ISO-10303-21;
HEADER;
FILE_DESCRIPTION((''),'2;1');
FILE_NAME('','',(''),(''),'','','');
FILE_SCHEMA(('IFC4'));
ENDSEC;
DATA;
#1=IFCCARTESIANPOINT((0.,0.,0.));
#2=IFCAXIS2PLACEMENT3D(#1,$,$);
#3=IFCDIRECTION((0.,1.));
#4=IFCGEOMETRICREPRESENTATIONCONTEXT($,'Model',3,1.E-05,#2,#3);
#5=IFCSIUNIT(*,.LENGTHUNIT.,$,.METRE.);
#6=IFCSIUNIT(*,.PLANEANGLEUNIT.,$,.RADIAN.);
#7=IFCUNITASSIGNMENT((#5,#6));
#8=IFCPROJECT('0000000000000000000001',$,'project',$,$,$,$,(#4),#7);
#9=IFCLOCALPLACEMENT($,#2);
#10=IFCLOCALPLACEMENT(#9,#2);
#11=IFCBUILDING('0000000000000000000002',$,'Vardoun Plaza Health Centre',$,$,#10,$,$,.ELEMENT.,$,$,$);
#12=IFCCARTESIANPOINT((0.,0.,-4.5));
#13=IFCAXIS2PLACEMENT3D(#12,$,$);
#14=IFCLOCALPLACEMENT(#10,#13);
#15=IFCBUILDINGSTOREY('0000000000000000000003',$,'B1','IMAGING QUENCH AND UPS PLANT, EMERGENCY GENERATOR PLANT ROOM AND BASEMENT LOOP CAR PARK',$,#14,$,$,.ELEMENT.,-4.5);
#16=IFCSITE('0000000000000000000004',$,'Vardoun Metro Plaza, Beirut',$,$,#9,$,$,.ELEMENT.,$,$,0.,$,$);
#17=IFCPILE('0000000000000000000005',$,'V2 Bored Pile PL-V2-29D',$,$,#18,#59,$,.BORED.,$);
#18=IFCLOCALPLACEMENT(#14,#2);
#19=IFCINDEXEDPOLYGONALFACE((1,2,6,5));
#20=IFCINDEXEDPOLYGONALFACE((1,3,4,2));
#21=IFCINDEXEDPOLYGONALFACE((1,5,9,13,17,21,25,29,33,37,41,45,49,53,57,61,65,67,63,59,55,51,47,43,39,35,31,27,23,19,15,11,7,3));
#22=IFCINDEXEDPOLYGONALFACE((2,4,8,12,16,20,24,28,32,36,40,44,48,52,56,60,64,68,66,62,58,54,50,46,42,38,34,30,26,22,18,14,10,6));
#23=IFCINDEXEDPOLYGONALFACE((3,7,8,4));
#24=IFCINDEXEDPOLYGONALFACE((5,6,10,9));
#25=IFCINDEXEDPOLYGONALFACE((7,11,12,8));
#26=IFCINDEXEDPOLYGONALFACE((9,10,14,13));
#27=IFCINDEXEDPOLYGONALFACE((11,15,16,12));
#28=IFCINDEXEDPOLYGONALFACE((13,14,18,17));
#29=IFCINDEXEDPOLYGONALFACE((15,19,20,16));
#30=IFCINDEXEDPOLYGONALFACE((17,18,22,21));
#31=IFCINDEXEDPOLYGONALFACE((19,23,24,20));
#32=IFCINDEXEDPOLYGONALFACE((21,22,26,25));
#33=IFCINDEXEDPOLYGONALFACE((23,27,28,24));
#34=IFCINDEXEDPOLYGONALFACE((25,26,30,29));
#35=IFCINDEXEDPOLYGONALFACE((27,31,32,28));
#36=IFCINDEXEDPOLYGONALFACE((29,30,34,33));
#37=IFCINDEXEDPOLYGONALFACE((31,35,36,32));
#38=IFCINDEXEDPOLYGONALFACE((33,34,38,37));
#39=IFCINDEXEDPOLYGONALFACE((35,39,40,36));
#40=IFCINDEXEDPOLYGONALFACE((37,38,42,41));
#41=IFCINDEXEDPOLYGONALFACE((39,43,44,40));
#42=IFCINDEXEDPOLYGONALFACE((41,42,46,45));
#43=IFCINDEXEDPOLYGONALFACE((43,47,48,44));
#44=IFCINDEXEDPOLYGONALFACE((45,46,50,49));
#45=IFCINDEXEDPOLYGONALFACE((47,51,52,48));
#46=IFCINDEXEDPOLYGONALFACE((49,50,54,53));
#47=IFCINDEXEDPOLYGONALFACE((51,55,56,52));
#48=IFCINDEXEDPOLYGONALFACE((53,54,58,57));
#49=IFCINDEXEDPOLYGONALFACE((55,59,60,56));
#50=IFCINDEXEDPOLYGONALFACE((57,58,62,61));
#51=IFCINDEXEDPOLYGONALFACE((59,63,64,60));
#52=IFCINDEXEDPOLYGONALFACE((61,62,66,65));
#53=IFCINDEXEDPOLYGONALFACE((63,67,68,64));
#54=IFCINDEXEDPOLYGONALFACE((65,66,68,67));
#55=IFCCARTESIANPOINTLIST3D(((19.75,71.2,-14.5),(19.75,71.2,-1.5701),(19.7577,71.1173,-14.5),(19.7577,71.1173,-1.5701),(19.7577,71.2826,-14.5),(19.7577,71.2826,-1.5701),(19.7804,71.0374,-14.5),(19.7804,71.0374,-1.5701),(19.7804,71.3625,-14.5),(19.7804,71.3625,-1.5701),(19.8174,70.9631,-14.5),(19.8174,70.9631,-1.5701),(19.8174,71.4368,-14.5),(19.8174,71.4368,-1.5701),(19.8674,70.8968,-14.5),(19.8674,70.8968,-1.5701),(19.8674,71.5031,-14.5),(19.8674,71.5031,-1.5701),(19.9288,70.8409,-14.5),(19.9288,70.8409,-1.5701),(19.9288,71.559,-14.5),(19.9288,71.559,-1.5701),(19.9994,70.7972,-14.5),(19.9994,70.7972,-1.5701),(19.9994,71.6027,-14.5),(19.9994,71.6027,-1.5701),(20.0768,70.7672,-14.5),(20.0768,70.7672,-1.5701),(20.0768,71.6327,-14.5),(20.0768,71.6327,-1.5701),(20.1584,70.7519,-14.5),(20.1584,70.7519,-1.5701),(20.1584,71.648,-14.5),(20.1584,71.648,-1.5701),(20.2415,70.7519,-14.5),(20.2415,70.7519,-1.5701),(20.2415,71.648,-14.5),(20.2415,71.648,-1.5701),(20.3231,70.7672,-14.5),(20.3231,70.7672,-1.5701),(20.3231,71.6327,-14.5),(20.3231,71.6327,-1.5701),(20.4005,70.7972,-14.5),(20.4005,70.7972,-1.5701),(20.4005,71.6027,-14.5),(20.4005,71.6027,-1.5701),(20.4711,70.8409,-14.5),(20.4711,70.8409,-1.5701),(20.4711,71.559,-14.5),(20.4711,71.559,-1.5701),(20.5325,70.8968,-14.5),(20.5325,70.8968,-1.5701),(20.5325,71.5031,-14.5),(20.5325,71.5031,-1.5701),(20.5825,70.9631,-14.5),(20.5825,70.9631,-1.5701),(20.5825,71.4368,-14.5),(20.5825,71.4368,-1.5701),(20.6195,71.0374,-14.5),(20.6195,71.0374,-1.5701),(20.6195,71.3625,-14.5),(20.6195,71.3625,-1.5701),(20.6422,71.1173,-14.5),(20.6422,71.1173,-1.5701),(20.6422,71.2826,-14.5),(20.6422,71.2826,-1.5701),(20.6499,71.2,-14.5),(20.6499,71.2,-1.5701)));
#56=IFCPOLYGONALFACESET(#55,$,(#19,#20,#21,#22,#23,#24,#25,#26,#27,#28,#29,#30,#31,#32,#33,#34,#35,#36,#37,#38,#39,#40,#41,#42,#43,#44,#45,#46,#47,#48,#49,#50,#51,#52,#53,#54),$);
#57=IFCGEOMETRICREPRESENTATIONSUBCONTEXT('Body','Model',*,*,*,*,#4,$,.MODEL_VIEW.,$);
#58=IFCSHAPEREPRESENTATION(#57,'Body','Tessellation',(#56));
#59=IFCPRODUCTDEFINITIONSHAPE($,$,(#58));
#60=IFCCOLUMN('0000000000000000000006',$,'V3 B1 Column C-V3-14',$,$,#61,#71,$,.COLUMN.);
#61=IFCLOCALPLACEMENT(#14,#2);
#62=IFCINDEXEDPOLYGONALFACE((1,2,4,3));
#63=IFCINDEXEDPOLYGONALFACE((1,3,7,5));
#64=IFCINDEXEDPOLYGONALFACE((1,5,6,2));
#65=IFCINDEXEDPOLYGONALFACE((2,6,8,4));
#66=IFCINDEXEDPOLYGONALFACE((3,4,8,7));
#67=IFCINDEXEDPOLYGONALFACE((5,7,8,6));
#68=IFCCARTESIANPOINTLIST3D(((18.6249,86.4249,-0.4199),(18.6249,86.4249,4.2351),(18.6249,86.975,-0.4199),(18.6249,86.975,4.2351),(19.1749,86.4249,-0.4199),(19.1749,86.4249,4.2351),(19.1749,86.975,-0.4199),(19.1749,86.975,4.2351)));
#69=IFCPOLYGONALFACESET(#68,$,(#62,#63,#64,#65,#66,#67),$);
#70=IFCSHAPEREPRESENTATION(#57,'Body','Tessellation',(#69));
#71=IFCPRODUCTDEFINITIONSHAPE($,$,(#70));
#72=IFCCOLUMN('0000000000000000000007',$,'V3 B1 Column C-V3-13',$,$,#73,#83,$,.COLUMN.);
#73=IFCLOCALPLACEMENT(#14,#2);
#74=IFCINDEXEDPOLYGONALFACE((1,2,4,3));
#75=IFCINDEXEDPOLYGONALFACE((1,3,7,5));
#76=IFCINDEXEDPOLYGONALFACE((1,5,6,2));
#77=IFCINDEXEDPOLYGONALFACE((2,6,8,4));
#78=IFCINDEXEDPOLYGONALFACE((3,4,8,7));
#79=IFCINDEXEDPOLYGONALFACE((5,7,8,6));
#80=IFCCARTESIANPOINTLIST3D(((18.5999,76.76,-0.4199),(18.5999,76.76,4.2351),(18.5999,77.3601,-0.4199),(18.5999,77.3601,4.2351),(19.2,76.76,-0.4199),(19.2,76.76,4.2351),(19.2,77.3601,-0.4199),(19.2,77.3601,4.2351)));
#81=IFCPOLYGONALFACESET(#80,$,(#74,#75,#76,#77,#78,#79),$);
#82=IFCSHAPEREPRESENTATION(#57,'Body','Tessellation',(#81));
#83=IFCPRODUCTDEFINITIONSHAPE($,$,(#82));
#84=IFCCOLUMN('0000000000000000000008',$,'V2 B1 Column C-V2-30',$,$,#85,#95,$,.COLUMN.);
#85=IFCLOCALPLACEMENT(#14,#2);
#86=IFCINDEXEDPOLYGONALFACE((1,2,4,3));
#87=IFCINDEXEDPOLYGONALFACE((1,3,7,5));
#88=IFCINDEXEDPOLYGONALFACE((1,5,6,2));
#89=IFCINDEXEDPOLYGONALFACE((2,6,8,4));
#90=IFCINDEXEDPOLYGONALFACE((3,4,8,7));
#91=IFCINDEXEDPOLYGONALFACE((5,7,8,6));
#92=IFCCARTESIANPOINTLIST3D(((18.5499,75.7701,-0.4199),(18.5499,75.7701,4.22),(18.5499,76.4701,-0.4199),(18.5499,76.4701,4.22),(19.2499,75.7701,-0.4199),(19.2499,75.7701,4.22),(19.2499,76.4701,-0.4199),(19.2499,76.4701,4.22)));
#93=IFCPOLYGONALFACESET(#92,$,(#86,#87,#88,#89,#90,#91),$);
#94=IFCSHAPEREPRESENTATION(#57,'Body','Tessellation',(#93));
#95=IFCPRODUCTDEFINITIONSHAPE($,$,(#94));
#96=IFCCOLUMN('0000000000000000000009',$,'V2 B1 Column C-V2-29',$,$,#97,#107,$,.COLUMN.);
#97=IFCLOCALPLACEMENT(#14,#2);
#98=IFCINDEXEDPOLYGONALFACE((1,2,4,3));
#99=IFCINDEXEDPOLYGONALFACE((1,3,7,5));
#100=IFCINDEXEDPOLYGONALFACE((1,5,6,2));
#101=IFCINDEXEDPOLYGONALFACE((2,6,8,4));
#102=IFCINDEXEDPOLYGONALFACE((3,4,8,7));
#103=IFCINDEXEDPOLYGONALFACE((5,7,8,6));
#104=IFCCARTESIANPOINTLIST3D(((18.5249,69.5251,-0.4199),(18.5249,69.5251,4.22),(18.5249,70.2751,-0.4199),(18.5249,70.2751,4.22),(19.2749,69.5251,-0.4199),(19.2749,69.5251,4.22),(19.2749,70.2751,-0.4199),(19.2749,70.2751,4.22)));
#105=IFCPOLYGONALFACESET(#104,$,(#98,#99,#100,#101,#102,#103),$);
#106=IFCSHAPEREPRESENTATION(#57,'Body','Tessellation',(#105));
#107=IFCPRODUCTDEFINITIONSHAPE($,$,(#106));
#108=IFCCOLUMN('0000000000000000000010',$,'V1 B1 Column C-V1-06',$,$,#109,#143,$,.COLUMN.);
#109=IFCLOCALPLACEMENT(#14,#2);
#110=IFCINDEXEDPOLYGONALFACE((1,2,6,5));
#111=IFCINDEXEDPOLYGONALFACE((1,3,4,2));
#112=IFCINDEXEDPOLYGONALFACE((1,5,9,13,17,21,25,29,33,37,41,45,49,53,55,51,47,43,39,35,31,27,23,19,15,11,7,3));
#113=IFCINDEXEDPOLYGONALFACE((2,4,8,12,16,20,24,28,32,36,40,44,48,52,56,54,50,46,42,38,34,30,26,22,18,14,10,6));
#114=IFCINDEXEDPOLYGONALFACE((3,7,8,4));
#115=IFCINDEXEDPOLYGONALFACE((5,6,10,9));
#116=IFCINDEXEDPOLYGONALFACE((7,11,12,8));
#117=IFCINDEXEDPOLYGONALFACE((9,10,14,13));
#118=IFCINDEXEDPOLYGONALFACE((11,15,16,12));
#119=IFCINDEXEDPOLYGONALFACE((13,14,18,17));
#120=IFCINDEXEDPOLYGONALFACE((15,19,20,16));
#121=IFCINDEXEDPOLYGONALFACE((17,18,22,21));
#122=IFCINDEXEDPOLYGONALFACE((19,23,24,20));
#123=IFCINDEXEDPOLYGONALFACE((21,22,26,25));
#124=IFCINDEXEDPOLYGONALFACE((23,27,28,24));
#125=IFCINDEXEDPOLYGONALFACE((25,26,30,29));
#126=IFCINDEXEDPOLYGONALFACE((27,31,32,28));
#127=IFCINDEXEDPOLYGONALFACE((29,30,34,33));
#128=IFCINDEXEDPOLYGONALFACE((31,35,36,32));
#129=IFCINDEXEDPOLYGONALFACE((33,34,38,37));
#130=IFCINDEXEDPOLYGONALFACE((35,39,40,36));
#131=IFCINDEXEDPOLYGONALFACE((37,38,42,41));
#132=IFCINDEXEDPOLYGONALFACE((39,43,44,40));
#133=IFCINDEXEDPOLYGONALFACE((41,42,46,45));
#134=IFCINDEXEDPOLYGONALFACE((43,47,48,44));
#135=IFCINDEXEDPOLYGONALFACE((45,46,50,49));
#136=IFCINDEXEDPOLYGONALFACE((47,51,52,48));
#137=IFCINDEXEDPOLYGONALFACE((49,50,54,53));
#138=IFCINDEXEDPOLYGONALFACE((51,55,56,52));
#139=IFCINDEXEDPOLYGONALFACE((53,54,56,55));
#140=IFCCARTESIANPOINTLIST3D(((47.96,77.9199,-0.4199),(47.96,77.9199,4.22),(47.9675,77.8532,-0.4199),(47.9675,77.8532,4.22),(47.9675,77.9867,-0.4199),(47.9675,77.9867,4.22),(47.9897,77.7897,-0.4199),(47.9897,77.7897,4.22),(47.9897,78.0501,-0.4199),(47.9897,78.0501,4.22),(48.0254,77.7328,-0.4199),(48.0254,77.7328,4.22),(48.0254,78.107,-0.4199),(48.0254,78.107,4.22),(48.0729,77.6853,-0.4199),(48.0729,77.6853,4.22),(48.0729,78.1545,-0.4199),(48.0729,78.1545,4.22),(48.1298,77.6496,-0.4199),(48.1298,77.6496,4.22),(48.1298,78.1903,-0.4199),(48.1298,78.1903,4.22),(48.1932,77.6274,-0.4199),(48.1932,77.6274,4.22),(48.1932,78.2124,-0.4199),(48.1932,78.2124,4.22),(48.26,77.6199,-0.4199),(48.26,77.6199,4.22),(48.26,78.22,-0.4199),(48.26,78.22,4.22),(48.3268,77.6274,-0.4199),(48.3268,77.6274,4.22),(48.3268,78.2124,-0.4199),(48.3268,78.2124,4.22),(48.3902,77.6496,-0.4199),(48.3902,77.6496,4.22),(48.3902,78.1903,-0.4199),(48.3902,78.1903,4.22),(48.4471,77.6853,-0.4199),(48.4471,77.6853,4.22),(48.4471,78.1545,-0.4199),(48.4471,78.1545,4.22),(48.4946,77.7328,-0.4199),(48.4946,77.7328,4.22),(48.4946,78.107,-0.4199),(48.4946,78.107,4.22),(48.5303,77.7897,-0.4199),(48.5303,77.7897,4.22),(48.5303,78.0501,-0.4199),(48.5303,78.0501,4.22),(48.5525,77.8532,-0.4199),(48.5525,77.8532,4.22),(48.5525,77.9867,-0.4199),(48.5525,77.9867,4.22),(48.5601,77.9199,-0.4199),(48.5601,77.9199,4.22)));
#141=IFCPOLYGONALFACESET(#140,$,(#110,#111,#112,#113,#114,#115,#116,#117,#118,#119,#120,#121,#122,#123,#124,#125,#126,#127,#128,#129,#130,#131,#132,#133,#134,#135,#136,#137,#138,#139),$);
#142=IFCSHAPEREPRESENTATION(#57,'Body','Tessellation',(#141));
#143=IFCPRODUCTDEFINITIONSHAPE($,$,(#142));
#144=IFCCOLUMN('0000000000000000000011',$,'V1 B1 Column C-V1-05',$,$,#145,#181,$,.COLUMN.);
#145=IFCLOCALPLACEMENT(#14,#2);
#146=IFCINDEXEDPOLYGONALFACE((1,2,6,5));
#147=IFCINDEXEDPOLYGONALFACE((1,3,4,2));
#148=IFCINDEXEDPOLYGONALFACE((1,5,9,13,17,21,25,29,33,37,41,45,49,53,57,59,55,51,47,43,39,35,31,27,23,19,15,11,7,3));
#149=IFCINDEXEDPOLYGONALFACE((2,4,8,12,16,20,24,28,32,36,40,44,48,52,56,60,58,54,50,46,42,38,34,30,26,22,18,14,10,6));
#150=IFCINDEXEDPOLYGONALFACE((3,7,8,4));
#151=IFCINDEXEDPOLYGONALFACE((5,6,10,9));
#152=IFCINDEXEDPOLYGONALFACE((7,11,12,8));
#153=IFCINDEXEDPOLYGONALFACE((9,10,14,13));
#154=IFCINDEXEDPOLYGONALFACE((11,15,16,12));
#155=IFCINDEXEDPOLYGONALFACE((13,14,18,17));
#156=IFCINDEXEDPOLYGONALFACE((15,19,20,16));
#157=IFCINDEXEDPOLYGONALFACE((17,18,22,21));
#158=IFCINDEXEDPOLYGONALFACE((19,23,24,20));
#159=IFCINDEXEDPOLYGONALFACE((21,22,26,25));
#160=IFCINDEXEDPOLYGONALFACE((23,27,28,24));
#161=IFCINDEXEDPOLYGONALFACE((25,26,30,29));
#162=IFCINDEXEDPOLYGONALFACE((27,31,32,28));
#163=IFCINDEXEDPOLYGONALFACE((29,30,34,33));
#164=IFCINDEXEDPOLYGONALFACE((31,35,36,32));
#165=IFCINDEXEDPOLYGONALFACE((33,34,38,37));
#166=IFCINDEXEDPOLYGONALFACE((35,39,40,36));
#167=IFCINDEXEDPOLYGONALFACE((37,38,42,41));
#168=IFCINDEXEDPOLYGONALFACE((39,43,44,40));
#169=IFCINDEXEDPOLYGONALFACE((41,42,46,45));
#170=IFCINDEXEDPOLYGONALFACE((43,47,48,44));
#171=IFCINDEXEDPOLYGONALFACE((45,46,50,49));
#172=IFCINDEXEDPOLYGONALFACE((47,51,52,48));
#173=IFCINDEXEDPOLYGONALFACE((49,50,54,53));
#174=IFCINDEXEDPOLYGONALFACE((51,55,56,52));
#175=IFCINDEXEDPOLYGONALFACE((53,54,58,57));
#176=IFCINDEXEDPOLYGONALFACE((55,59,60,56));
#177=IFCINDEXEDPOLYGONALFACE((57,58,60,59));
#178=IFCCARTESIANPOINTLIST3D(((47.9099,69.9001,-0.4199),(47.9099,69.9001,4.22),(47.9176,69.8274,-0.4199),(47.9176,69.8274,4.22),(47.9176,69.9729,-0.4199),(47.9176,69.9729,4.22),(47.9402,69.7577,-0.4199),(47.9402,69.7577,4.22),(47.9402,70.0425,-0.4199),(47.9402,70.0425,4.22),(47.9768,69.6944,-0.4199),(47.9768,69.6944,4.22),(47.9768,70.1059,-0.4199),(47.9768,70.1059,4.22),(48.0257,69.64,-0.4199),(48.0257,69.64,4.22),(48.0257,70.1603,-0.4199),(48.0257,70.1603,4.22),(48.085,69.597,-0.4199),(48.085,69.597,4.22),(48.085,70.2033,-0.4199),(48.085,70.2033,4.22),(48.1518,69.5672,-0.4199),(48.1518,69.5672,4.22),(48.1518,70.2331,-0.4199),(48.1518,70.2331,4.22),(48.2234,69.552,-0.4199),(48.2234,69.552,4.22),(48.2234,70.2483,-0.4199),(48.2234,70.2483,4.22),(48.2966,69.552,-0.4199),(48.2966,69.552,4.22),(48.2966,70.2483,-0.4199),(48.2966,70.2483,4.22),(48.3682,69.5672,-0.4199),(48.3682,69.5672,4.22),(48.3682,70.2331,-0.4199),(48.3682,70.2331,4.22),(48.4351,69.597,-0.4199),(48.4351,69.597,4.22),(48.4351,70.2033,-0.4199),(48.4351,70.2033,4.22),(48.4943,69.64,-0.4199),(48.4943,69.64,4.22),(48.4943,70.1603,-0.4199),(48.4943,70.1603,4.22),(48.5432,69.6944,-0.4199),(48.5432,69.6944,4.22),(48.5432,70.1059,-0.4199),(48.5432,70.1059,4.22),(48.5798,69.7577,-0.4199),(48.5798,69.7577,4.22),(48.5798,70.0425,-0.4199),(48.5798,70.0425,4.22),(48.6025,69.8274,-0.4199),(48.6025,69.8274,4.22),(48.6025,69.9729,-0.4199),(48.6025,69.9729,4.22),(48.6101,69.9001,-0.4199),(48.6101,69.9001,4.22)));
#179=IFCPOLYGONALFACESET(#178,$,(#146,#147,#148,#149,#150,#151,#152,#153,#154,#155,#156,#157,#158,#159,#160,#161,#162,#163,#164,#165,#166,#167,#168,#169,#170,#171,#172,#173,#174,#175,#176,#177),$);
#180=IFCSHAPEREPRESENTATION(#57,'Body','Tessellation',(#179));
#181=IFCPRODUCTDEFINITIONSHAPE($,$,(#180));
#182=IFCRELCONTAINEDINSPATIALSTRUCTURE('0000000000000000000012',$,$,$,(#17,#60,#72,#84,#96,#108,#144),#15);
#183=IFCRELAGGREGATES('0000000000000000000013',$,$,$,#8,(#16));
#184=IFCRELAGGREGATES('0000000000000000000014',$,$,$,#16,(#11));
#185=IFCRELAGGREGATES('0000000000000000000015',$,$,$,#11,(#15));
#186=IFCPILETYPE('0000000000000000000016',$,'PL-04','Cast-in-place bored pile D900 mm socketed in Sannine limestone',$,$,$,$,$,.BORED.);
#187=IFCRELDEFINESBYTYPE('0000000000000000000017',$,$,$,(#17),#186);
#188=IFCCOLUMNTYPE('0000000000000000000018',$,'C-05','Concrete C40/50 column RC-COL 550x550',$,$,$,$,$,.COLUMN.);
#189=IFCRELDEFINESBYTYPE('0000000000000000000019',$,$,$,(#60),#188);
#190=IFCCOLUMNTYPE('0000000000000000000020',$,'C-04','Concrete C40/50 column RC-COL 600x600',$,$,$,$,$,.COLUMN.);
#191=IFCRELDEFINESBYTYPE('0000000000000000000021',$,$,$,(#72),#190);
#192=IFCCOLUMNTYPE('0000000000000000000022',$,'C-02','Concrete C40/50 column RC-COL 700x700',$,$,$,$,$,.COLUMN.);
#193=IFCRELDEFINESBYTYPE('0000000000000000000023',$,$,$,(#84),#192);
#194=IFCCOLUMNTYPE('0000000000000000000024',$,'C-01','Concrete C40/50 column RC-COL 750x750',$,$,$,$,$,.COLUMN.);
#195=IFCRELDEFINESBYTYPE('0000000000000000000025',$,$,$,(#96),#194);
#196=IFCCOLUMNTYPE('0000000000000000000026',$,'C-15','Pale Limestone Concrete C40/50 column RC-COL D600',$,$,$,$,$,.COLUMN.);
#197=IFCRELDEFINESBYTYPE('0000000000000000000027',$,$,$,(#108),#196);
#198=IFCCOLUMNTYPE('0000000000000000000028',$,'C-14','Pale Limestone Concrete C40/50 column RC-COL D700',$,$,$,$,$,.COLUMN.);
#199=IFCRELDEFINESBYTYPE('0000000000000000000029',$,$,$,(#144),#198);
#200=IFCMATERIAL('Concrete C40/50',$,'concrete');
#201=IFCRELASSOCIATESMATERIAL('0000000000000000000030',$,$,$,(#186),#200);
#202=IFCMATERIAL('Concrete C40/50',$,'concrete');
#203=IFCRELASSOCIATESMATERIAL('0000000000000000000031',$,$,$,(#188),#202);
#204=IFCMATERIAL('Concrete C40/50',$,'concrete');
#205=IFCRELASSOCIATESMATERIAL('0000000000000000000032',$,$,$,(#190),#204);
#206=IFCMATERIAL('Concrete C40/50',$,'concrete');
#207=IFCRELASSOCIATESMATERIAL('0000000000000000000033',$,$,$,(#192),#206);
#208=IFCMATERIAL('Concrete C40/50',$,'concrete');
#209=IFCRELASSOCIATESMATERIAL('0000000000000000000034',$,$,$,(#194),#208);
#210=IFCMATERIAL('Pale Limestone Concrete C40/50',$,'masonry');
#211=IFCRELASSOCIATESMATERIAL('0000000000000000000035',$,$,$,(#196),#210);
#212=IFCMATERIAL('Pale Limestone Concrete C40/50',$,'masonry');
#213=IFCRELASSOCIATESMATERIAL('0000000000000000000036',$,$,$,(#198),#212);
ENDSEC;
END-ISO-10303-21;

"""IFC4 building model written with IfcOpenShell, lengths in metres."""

from ifc_helpers import new_model, si_unit, direction, frame, origin, origin_2d, place, context, subcontext, project, spatial, rectangle, circle, extrude, material, material_profile, profile_set, type_object, element, save


model = new_model("IFC4")

# Units and contexts
model_context = context("Model", 3, precision=1e-05, world=origin(), true_north=direction((0.0, 1.0)))
body_context = subcontext(model_context, "Body", "Model", "MODEL_VIEW")
ifc_project = project(units=[si_unit("LENGTHUNIT", "METRE"), si_unit("PLANEANGLEUNIT", "RADIAN")], contexts=[model_context])

# Site, building, storey
site_placement = place(None, origin())
site = spatial("IfcSite", under=ifc_project, at=site_placement, Name="Vardoun Metro Plaza, Beirut", CompositionType="ELEMENT", RefElevation=0.0)
building_placement = place(site_placement, origin())
building = spatial("IfcBuilding", under=site, at=building_placement, Name="Vardoun Plaza Health Centre", CompositionType="ELEMENT")
storey_placement = place(building_placement, frame((0.0, 0.0, -4.5)))
storey = spatial("IfcBuildingStorey", under=building, at=storey_placement, Name="B1", Description="IMAGING QUENCH AND UPS PLANT, EMERGENCY GENERATOR PLANT ROOM AND BASEMENT LOOP CAR PARK", CompositionType="ELEMENT", Elevation=-4.5)

# Pile
ifc_material_1 = material(Name="Concrete C40/50", Category="concrete")
ifc_material_profile_1 = material_profile(ifc_material_1, circle(Radius=0.45, at=origin_2d()), Name="PILE D900")
ifc_profile_set_1 = profile_set([ifc_material_profile_1], Name="Concrete C40/50")
pile_type_1 = type_object("IfcPileType", Name="PL-04", Description="Cast-in-place bored pile D900 mm socketed in Sannine limestone", PredefinedType="BORED", material=ifc_profile_set_1)
for number, where, z_axis, x_axis, name in (
    (1, (20.2, 71.2, -1.5701), (0.0, 0.0, -1.0), (1.0, 0.0, 0.0), "V2 Bored Pile PL-V2-29D"),
):
    element("IfcPile", number, at=place(storey_placement, frame(where, z_axis=z_axis, x_axis=x_axis)), inside=storey, type_object=pile_type_1, Name=name, PredefinedType="BORED", context=body_context, shape_type="SweptSolid", body=[
        extrude(circle(Radius=0.45, at=origin_2d()), origin(), (0.0, 0.0, 1.0), 12.9299),
    ])

# Columns
ifc_material_2 = material(Name="Concrete C40/50", Category="concrete")
ifc_material_profile_2 = material_profile(ifc_material_2, rectangle(XDim=0.55, YDim=0.55, at=origin_2d()), Name="RC-COL 550x550")
ifc_profile_set_2 = profile_set([ifc_material_profile_2], Name="Concrete C40/50")
column_type_1 = type_object("IfcColumnType", Name="C-05", Description="Concrete C40/50 column RC-COL 550x550", PredefinedType="COLUMN", material=ifc_profile_set_2)
column_1_placement = place(storey_placement, frame((18.8999, 86.7, -0.4199), z_axis=(0.0, 0.0, 1.0), x_axis=(1.0, 0.0, 0.0)))
element("IfcColumn", 2, at=column_1_placement, inside=storey, type_object=column_type_1, Name="V3 B1 Column C-V3-14", PredefinedType="COLUMN", context=body_context, shape_type="SweptSolid", body=[
    extrude(rectangle(XDim=0.55, YDim=0.55, at=origin_2d()), origin(), (0.0, 0.0, 1.0), 4.655),
])
ifc_material_3 = material(Name="Concrete C40/50", Category="concrete")
ifc_material_profile_3 = material_profile(ifc_material_3, rectangle(XDim=0.6001, YDim=0.6001, at=origin_2d()), Name="RC-COL 600x600")
ifc_profile_set_3 = profile_set([ifc_material_profile_3], Name="Concrete C40/50")
column_type_2 = type_object("IfcColumnType", Name="C-04", Description="Concrete C40/50 column RC-COL 600x600", PredefinedType="COLUMN", material=ifc_profile_set_3)
column_2_placement = place(storey_placement, frame((18.8999, 77.0601, -0.4199), z_axis=(0.0, 0.0, 1.0), x_axis=(1.0, 0.0, 0.0)))
element("IfcColumn", 3, at=column_2_placement, inside=storey, type_object=column_type_2, Name="V3 B1 Column C-V3-13", PredefinedType="COLUMN", context=body_context, shape_type="SweptSolid", body=[
    extrude(rectangle(XDim=0.6001, YDim=0.6001, at=origin_2d()), origin(), (0.0, 0.0, 1.0), 4.655),
])
ifc_material_4 = material(Name="Concrete C40/50", Category="concrete")
ifc_material_profile_4 = material_profile(ifc_material_4, rectangle(XDim=0.7, YDim=0.7, at=origin_2d()), Name="RC-COL 700x700")
ifc_profile_set_4 = profile_set([ifc_material_profile_4], Name="Concrete C40/50")
column_type_3 = type_object("IfcColumnType", Name="C-02", Description="Concrete C40/50 column RC-COL 700x700", PredefinedType="COLUMN", material=ifc_profile_set_4)
column_3_placement = place(storey_placement, frame((18.8999, 76.1201, -0.4199), z_axis=(0.0, 0.0, 1.0), x_axis=(1.0, 0.0, 0.0)))
element("IfcColumn", 4, at=column_3_placement, inside=storey, type_object=column_type_3, Name="V2 B1 Column C-V2-30", PredefinedType="COLUMN", context=body_context, shape_type="SweptSolid", body=[
    extrude(rectangle(XDim=0.7, YDim=0.7, at=origin_2d()), origin(), (0.0, 0.0, 1.0), 4.6399),
])
ifc_material_5 = material(Name="Concrete C40/50", Category="concrete")
ifc_material_profile_5 = material_profile(ifc_material_5, rectangle(XDim=0.75, YDim=0.75, at=origin_2d()), Name="RC-COL 750x750")
ifc_profile_set_5 = profile_set([ifc_material_profile_5], Name="Concrete C40/50")
column_type_4 = type_object("IfcColumnType", Name="C-01", Description="Concrete C40/50 column RC-COL 750x750", PredefinedType="COLUMN", material=ifc_profile_set_5)
column_4_placement = place(storey_placement, frame((18.8999, 69.9001, -0.4199), z_axis=(0.0, 0.0, 1.0), x_axis=(1.0, 0.0, 0.0)))
element("IfcColumn", 5, at=column_4_placement, inside=storey, type_object=column_type_4, Name="V2 B1 Column C-V2-29", PredefinedType="COLUMN", context=body_context, shape_type="SweptSolid", body=[
    extrude(rectangle(XDim=0.75, YDim=0.75, at=origin_2d()), origin(), (0.0, 0.0, 1.0), 4.6399),
])
ifc_material_6 = material(Name="Pale Limestone Concrete C40/50", Category="masonry")
ifc_material_profile_6 = material_profile(ifc_material_6, circle(Radius=0.3, at=origin_2d()), Name="RC-COL D600")
ifc_profile_set_6 = profile_set([ifc_material_profile_6], Name="Pale Limestone Concrete C40/50")
column_type_5 = type_object("IfcColumnType", Name="C-15", Description="Pale Limestone Concrete C40/50 column RC-COL D600", PredefinedType="COLUMN", material=ifc_profile_set_6)
column_5_placement = place(storey_placement, frame((48.26, 77.9199, -0.4199), z_axis=(0.0, 0.0, 1.0), x_axis=(1.0, 0.0, 0.0)))
element("IfcColumn", 6, at=column_5_placement, inside=storey, type_object=column_type_5, Name="V1 B1 Column C-V1-06", PredefinedType="COLUMN", context=body_context, shape_type="SweptSolid", body=[
    extrude(circle(Radius=0.3, at=origin_2d()), origin(), (0.0, 0.0, 1.0), 4.6399),
])
ifc_material_7 = material(Name="Pale Limestone Concrete C40/50", Category="masonry")
ifc_material_profile_7 = material_profile(ifc_material_7, circle(Radius=0.3501, at=origin_2d()), Name="RC-COL D700")
ifc_profile_set_7 = profile_set([ifc_material_profile_7], Name="Pale Limestone Concrete C40/50")
column_type_6 = type_object("IfcColumnType", Name="C-14", Description="Pale Limestone Concrete C40/50 column RC-COL D700", PredefinedType="COLUMN", material=ifc_profile_set_7)
column_6_placement = place(storey_placement, frame((48.26, 69.9001, -0.4199), z_axis=(0.0, 0.0, 1.0), x_axis=(1.0, 0.0, 0.0)))
element("IfcColumn", 7, at=column_6_placement, inside=storey, type_object=column_type_6, Name="V1 B1 Column C-V1-05", PredefinedType="COLUMN", context=body_context, shape_type="SweptSolid", body=[
    extrude(circle(Radius=0.3501, at=origin_2d()), origin(), (0.0, 0.0, 1.0), 4.6399),
])

save(model, "model.ifc")
